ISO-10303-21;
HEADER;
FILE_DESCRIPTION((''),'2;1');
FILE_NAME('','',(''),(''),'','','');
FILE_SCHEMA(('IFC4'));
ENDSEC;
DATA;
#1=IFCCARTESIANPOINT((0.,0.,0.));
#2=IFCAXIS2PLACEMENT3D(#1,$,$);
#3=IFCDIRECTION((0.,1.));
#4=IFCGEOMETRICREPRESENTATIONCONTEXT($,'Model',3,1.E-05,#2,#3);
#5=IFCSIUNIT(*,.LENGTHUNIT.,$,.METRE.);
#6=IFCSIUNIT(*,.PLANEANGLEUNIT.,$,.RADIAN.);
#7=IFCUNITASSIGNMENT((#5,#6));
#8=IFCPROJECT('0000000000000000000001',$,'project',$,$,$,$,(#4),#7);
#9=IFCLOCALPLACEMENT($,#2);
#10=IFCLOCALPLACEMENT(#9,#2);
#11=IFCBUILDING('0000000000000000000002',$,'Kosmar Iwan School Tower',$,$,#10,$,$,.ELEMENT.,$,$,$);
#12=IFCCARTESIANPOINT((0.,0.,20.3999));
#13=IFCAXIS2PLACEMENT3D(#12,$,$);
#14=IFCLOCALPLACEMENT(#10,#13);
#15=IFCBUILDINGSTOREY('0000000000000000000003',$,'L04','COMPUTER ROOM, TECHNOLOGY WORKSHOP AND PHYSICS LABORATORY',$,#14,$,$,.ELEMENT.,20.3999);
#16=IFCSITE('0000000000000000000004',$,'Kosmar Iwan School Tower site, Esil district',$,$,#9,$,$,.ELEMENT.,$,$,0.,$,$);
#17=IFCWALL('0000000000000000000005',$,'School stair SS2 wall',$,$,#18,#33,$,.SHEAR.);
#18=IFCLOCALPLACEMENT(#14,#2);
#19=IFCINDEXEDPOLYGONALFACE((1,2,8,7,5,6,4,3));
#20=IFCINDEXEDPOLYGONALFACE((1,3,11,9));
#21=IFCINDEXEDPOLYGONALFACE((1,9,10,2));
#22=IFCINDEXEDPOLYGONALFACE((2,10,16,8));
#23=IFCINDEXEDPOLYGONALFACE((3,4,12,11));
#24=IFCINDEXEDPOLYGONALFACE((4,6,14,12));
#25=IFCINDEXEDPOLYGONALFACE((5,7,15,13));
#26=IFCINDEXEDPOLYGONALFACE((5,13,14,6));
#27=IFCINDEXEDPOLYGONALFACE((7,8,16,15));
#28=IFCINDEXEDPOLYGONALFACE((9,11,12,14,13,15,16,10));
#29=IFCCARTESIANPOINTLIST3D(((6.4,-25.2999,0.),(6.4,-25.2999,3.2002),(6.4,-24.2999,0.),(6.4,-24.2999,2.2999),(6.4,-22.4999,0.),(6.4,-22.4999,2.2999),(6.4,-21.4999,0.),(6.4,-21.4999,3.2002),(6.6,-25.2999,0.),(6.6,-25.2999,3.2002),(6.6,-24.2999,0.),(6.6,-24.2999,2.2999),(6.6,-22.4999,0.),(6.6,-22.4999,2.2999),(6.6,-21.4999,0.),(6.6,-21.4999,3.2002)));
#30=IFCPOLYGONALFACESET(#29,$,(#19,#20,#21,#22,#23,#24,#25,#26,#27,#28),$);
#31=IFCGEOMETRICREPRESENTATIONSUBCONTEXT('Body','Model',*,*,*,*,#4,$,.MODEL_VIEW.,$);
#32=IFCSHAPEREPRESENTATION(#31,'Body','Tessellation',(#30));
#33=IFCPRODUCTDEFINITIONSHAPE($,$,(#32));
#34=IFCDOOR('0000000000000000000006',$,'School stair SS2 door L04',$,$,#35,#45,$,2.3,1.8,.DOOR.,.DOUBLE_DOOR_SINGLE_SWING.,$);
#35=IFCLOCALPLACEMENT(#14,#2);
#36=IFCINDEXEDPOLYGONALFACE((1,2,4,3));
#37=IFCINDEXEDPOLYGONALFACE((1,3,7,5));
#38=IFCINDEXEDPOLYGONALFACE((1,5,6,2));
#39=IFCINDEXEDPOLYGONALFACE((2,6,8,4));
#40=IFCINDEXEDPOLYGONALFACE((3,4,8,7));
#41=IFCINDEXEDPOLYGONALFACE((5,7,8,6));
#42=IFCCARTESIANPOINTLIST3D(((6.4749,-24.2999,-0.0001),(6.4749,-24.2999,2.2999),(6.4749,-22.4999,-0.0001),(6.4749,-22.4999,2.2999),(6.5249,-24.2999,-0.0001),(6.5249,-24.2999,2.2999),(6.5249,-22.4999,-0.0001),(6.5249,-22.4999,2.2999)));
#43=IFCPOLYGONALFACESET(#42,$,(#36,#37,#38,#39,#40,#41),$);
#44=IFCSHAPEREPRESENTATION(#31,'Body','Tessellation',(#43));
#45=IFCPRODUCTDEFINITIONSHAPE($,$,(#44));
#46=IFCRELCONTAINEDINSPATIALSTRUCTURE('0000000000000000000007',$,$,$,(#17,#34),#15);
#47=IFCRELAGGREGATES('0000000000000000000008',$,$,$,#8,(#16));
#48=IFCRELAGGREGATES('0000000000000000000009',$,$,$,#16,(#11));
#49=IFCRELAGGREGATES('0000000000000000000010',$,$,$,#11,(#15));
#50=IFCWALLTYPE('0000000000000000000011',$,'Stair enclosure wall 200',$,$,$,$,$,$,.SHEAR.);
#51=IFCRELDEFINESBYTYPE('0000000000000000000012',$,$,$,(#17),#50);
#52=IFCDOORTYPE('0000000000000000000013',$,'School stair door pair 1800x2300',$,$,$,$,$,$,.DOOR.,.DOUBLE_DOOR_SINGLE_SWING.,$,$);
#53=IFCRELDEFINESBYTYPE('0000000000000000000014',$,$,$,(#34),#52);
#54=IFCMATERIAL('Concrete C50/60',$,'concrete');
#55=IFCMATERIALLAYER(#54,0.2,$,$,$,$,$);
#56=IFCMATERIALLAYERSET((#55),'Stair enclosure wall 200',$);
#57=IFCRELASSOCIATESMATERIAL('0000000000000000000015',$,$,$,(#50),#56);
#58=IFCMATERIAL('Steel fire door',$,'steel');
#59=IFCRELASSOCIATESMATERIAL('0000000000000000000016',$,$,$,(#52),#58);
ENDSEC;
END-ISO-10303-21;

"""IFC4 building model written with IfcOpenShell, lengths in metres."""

from ifc_helpers import new_model, si_unit, direction, frame, frame_2d, origin, place, context, subcontext, project, spatial, rectangle, extrude, material, layer, layer_set, type_object, element, fill, save


model = new_model("IFC4")

# Units and contexts
model_context = context("Model", 3, precision=1e-05, world=origin(), true_north=direction((0.0, 1.0)))
body_context = subcontext(model_context, "Body", "Model", "MODEL_VIEW")
ifc_project = project(units=[si_unit("LENGTHUNIT", "METRE"), si_unit("PLANEANGLEUNIT", "RADIAN")], contexts=[model_context])

# Site, building, storey
site_placement = place(None, origin())
site = spatial("IfcSite", under=ifc_project, at=site_placement, Name="Kosmar Iwan School Tower site, Esil district", CompositionType="ELEMENT", RefElevation=0.0)
building_placement = place(site_placement, origin())
building = spatial("IfcBuilding", under=site, at=building_placement, Name="Kosmar Iwan School Tower", CompositionType="ELEMENT")
storey_placement = place(building_placement, frame((0.0, 0.0, 20.3999)))
storey = spatial("IfcBuildingStorey", under=building, at=storey_placement, Name="L04", Description="COMPUTER ROOM, TECHNOLOGY WORKSHOP AND PHYSICS LABORATORY", CompositionType="ELEMENT", Elevation=20.3999)

# Shared definitions
ifc_material_1 = material(Name="Concrete C50/60", Category="concrete")
ifc_layer_1 = layer(ifc_material_1, 0.2)
ifc_layer_set_1 = layer_set([ifc_layer_1], Name="Stair enclosure wall 200")
wall_type_1 = type_object("IfcWallType", Name="Stair enclosure wall 200", PredefinedType="SHEAR", material=ifc_layer_set_1)

# Wall, opening, door
wall_1_placement = place(storey_placement, frame((6.5, -21.5, 0.0), z_axis=(0.0, 0.0, 1.0), x_axis=(0.0, -1.0, 0.0)))
wall_1 = element("IfcWall", 1, at=wall_1_placement, inside=storey, type_object=wall_type_1, Name="School stair SS2 wall", PredefinedType="SHEAR", context=body_context, shape_type="SweptSolid", body=[
    extrude(rectangle(XDim=3.8, YDim=0.2, at=frame_2d((1.8999, 0.0))), origin(), (0.0, 0.0, 1.0), 3.2002),
])
opening_placement = place(wall_1_placement, frame((1.0, 0.0, 0.0)))
opening = element("IfcOpeningElement", 2, at=opening_placement, cuts=wall_1, PredefinedType="OPENING", context=body_context, shape_type="SweptSolid", body=[
    extrude(rectangle(XDim=1.8, YDim=2.3, at=frame_2d((0.8999, 1.1499))), frame((0.0, 0.1121, 0.0), z_axis=(0.0, -1.0, 0.0), x_axis=(1.0, 0.0, 0.0)), (0.0, 0.0, 1.0), 0.2239),
])
ifc_material_2 = material(Name="Steel fire door", Category="steel")
door_type = type_object("IfcDoorType", Name="School stair door pair 1800x2300", OperationType="DOUBLE_DOOR_SINGLE_SWING", PredefinedType="DOOR", material=ifc_material_2)
door_placement = place(opening_placement, origin())
door = element("IfcDoor", 3, at=door_placement, inside=storey, type_object=door_type, Name="School stair SS2 door L04", OperationType="DOUBLE_DOOR_SINGLE_SWING", OverallHeight=2.3, OverallWidth=1.8, PredefinedType="DOOR", context=body_context, shape_type="SweptSolid", body=[
    extrude(rectangle(XDim=1.8, YDim=2.3, at=frame_2d((0.8999, 1.1499))), frame((0.0, 0.0249, 0.0), z_axis=(0.0, -1.0, 0.0), x_axis=(1.0, 0.0, 0.0)), (0.0, 0.0, 1.0), 0.05),
])
fill(opening, door)

save(model, "model.ifc")
